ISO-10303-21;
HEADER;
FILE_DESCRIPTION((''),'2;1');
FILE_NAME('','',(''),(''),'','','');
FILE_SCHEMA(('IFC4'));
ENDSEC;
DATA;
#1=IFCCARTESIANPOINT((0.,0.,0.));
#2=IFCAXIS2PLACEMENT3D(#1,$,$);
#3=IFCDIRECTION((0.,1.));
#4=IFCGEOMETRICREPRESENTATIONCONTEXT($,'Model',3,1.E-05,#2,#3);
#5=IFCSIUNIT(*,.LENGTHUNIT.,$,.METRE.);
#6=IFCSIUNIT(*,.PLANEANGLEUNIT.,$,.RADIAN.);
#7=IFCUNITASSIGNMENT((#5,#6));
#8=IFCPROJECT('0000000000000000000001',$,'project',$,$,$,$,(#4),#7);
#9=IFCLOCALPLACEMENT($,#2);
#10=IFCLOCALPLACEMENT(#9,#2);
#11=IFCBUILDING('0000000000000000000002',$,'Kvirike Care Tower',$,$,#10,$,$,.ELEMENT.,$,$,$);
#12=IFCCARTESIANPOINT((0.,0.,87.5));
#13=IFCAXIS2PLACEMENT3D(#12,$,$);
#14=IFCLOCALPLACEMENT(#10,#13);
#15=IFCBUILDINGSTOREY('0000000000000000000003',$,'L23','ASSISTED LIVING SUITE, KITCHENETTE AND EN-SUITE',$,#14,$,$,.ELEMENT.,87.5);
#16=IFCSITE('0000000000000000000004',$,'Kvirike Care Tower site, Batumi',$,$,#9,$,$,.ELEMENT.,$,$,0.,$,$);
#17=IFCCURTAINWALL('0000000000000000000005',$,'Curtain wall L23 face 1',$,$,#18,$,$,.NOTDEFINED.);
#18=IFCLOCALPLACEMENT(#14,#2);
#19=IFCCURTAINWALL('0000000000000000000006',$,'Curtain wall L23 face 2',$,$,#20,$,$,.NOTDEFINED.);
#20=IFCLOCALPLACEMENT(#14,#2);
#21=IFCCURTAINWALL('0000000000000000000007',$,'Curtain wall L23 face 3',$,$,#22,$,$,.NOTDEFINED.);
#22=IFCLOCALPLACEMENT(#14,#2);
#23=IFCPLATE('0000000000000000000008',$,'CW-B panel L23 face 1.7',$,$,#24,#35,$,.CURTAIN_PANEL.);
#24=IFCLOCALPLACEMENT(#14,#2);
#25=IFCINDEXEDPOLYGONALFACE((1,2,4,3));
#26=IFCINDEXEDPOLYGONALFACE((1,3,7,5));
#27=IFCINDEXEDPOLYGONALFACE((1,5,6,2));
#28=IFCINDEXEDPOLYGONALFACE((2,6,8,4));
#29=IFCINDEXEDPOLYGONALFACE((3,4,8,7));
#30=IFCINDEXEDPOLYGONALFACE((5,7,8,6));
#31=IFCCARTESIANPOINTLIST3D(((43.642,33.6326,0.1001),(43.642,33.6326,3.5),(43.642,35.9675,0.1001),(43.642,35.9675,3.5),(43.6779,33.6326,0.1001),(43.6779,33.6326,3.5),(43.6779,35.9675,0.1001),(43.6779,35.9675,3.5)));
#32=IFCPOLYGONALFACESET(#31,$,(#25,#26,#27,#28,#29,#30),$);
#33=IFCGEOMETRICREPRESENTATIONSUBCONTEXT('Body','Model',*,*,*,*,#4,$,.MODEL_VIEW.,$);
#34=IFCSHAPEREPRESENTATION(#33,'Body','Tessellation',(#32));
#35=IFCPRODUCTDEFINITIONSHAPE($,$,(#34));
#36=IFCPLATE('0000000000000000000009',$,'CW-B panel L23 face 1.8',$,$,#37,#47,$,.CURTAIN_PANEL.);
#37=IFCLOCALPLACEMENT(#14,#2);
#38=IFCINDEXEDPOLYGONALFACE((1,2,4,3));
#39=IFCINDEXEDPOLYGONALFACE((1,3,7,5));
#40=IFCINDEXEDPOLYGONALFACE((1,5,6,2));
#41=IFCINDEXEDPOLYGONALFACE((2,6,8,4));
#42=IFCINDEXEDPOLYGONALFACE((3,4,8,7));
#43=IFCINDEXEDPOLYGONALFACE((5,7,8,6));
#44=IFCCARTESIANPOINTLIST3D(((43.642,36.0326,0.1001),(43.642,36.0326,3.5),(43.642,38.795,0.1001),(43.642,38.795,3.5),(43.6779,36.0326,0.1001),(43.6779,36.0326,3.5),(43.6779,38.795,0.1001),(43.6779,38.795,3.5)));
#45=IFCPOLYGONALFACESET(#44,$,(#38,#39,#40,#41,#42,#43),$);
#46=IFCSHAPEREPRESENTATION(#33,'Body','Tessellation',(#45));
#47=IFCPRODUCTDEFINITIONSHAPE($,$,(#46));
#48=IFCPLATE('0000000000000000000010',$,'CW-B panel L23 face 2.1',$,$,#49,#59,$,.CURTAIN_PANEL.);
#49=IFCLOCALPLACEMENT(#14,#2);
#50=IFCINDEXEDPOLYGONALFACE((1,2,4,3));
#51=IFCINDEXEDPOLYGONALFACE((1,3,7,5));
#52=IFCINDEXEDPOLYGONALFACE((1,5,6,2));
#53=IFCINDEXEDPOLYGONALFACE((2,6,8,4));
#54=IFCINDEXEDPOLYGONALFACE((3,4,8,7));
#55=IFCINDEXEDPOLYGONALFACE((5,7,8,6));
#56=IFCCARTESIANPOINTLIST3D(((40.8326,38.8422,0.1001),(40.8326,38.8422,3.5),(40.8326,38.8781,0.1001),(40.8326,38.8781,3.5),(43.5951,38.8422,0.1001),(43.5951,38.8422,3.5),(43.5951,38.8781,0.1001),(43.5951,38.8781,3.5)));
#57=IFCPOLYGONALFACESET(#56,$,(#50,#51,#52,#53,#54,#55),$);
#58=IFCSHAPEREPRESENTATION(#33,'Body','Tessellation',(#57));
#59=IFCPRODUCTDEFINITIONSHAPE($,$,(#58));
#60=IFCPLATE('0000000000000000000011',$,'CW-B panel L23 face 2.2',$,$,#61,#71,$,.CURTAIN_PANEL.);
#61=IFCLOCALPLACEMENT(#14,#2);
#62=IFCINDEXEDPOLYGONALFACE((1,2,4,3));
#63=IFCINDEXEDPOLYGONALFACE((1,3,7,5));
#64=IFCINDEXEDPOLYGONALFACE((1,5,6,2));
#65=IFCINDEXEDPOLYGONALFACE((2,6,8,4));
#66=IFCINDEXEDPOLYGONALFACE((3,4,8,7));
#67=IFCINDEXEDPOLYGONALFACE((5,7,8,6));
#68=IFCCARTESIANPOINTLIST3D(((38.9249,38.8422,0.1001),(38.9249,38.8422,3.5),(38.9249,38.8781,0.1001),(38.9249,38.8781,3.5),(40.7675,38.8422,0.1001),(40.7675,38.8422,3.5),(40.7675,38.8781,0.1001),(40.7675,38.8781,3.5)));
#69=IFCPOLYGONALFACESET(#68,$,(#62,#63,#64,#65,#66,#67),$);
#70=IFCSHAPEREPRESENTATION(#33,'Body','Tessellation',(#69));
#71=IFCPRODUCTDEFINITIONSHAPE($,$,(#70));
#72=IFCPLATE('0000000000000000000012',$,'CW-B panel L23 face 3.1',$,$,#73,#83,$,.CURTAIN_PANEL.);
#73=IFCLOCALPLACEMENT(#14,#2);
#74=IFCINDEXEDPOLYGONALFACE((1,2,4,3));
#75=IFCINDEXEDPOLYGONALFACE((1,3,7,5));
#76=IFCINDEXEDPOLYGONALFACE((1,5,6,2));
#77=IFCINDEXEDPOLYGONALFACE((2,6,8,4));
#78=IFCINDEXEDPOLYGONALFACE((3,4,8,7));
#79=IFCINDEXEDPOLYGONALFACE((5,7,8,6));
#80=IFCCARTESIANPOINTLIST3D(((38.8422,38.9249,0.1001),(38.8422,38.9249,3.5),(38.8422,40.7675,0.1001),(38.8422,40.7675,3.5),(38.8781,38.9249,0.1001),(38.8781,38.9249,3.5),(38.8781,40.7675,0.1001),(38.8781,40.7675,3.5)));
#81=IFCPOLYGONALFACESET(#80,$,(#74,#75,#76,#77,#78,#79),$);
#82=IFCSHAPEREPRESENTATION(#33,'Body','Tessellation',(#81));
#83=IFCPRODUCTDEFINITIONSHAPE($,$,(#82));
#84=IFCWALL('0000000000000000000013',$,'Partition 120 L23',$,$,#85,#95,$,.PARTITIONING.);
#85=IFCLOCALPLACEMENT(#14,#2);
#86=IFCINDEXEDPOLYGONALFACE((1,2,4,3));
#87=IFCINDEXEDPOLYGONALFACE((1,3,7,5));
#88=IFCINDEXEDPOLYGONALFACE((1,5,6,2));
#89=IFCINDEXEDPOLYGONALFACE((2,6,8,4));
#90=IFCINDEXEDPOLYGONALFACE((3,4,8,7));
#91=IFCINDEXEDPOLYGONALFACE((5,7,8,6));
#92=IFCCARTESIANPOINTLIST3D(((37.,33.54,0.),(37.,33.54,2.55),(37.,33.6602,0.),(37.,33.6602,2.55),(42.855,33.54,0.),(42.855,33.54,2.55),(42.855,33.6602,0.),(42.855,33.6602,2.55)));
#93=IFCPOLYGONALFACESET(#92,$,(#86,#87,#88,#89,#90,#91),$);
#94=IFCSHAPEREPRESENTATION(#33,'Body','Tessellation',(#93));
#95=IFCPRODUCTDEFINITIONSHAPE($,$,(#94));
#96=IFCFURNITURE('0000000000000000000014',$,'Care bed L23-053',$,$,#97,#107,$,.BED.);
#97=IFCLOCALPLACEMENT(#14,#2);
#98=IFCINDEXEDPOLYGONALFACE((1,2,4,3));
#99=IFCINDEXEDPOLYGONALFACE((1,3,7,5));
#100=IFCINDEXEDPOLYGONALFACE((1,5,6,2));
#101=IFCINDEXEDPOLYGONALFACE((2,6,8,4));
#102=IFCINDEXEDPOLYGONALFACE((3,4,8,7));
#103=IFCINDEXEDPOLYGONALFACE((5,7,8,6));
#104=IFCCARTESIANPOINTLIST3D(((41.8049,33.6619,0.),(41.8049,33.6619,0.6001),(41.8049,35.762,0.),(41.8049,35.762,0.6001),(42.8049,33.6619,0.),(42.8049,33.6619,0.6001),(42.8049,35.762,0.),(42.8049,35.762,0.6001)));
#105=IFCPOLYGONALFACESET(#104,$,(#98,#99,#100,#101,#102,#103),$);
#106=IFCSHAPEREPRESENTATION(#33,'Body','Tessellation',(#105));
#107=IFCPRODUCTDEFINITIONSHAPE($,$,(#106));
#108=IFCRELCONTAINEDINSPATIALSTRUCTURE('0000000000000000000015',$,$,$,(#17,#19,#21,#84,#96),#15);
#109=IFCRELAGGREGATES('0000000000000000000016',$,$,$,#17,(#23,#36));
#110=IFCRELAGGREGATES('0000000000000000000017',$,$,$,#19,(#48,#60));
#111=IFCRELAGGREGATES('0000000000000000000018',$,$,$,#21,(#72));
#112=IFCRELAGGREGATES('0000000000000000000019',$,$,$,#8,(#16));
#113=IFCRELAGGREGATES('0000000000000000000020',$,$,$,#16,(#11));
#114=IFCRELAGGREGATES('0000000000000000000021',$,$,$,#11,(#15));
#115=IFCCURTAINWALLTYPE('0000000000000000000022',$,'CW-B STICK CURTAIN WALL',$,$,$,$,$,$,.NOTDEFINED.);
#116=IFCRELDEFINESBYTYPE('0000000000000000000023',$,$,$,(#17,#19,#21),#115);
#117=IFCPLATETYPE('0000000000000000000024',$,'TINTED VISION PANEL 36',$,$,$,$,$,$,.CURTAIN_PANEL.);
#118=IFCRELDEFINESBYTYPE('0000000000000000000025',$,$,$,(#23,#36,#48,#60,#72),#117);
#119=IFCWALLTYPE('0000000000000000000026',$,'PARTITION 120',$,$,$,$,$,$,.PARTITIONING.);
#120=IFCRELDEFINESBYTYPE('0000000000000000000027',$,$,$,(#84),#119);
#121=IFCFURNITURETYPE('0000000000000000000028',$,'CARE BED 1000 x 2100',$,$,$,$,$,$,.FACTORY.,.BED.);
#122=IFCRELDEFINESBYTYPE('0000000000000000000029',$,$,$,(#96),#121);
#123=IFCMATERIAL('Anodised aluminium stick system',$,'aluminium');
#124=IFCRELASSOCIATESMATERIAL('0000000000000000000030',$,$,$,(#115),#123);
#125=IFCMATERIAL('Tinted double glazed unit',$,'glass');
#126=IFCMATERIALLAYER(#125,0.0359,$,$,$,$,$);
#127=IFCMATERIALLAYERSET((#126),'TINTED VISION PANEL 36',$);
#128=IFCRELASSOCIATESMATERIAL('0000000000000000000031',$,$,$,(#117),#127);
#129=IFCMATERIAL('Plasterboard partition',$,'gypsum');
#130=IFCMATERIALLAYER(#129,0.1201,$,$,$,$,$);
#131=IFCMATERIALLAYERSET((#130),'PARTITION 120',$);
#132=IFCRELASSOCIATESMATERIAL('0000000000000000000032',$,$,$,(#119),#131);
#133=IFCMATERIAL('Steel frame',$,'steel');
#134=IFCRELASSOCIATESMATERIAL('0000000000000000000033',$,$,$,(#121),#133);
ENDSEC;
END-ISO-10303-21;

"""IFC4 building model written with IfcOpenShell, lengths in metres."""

from ifc_helpers import new_model, si_unit, direction, frame, frame_2d, origin, origin_2d, place, context, subcontext, project, spatial, rectangle, extrude, material, layer, layer_set, type_object, element, aggregate, save


model = new_model("IFC4")

# Units and contexts
model_context = context("Model", 3, precision=1e-05, world=origin(), true_north=direction((0.0, 1.0)))
body_context = subcontext(model_context, "Body", "Model", "MODEL_VIEW")
ifc_project = project(units=[si_unit("LENGTHUNIT", "METRE"), si_unit("PLANEANGLEUNIT", "RADIAN")], contexts=[model_context])

# Site, building, storey
site_placement = place(None, origin())
site = spatial("IfcSite", under=ifc_project, at=site_placement, Name="Kvirike Care Tower site, Batumi", CompositionType="ELEMENT", RefElevation=0.0)
building_placement = place(site_placement, origin())
building = spatial("IfcBuilding", under=site, at=building_placement, Name="Kvirike Care Tower", CompositionType="ELEMENT")
storey_placement = place(building_placement, frame((0.0, 0.0, 87.5)))
storey = spatial("IfcBuildingStorey", under=building, at=storey_placement, Name="L23", Description="ASSISTED LIVING SUITE, KITCHENETTE AND EN-SUITE", CompositionType="ELEMENT", Elevation=87.5)

# Curtain walls
ifc_material_1 = material(Name="Anodised aluminium stick system", Category="aluminium")
curtain_wall_type = type_object("IfcCurtainWallType", Name="CW-B STICK CURTAIN WALL", PredefinedType="NOTDEFINED", material=ifc_material_1)
curtain_wall_1_placement = place(storey_placement, origin())
curtain_wall_1 = element("IfcCurtainWall", 1, at=curtain_wall_1_placement, inside=storey, type_object=curtain_wall_type, Name="Curtain wall L23 face 1", PredefinedType="NOTDEFINED")
curtain_wall_2_placement = place(storey_placement, origin())
curtain_wall_2 = element("IfcCurtainWall", 2, at=curtain_wall_2_placement, inside=storey, type_object=curtain_wall_type, Name="Curtain wall L23 face 2", PredefinedType="NOTDEFINED")

# Curtain wall
curtain_wall_3_placement = place(storey_placement, origin())
curtain_wall_3 = element("IfcCurtainWall", 3, at=curtain_wall_3_placement, inside=storey, type_object=curtain_wall_type, Name="Curtain wall L23 face 3", PredefinedType="NOTDEFINED")

# Plates
ifc_material_2 = material(Name="Tinted double glazed unit", Category="glass")
ifc_layer_1 = layer(ifc_material_2, 0.0359)
ifc_layer_set_1 = layer_set([ifc_layer_1], Name="TINTED VISION PANEL 36")
plate_type = type_object("IfcPlateType", Name="TINTED VISION PANEL 36", PredefinedType="CURTAIN_PANEL", material=ifc_layer_set_1)
plate_1_placement = place(storey_placement, frame((43.6599, 34.8, 0.1001), z_axis=(0.0, 0.0, 1.0), x_axis=(0.0, 1.0, 0.0)))
plate_1 = element("IfcPlate", 4, at=plate_1_placement, type_object=plate_type, Name="CW-B panel L23 face 1.7", PredefinedType="CURTAIN_PANEL", context=body_context, shape_type="SweptSolid", body=[
    extrude(rectangle(XDim=2.335, YDim=0.0359, at=origin_2d()), origin(), (0.0, 0.0, 1.0), 3.3999),
])
plate_2_placement = place(storey_placement, frame((43.6599, 37.4138, 0.1001), z_axis=(0.0, 0.0, 1.0), x_axis=(0.0, 1.0, 0.0)))
plate_2 = element("IfcPlate", 5, at=plate_2_placement, type_object=plate_type, Name="CW-B panel L23 face 1.8", PredefinedType="CURTAIN_PANEL", context=body_context, shape_type="SweptSolid", body=[
    extrude(rectangle(XDim=2.7625, YDim=0.0359, at=origin_2d()), origin(), (0.0, 0.0, 1.0), 3.3999),
])
aggregate(curtain_wall_1, [plate_1, plate_2])
plate_3_placement = place(storey_placement, frame((42.2139, 38.8601, 0.1001), z_axis=(0.0, 0.0, 1.0), x_axis=(-1.0, 0.0, 0.0)))
plate_3 = element("IfcPlate", 6, at=plate_3_placement, type_object=plate_type, Name="CW-B panel L23 face 2.1", PredefinedType="CURTAIN_PANEL", context=body_context, shape_type="SweptSolid", body=[
    extrude(rectangle(XDim=2.7625, YDim=0.0359, at=origin_2d()), origin(), (0.0, 0.0, 1.0), 3.3999),
])
plate_4_placement = place(storey_placement, frame((39.8462, 38.8601, 0.1001), z_axis=(0.0, 0.0, 1.0), x_axis=(-1.0, 0.0, 0.0)))
plate_4 = element("IfcPlate", 7, at=plate_4_placement, type_object=plate_type, Name="CW-B panel L23 face 2.2", PredefinedType="CURTAIN_PANEL", context=body_context, shape_type="SweptSolid", body=[
    extrude(rectangle(XDim=1.8425, YDim=0.0359, at=origin_2d()), origin(), (0.0, 0.0, 1.0), 3.3999),
])
aggregate(curtain_wall_2, [plate_3, plate_4])
plate_5_placement = place(storey_placement, frame((38.8601, 39.8462, 0.1001), z_axis=(0.0, 0.0, 1.0), x_axis=(0.0, 1.0, 0.0)))
plate_5 = element("IfcPlate", 8, at=plate_5_placement, type_object=plate_type, Name="CW-B panel L23 face 3.1", PredefinedType="CURTAIN_PANEL", context=body_context, shape_type="SweptSolid", body=[
    extrude(rectangle(XDim=1.8425, YDim=0.0359, at=origin_2d()), origin(), (0.0, 0.0, 1.0), 3.3999),
])
aggregate(curtain_wall_3, [plate_5])

# Wall
ifc_material_3 = material(Name="Plasterboard partition", Category="gypsum")
ifc_layer_2 = layer(ifc_material_3, 0.1201)
ifc_layer_set_2 = layer_set([ifc_layer_2], Name="PARTITION 120")
wall_type = type_object("IfcWallType", Name="PARTITION 120", PredefinedType="PARTITIONING", material=ifc_layer_set_2)
wall_placement = place(storey_placement, frame((42.855, 33.6001, 0.0), z_axis=(0.0, 0.0, 1.0), x_axis=(-1.0, 0.0, 0.0)))
element("IfcWall", 9, at=wall_placement, inside=storey, type_object=wall_type, Name="Partition 120 L23", PredefinedType="PARTITIONING", context=body_context, shape_type="SweptSolid", body=[
    extrude(rectangle(XDim=5.855, YDim=0.1201, at=frame_2d((2.9275, 0.0))), origin(), (0.0, 0.0, 1.0), 2.55),
])

# Furniture
ifc_material_4 = material(Name="Steel frame", Category="steel")
furniture_type = type_object("IfcFurnitureType", Name="CARE BED 1000 x 2100", AssemblyPlace="FACTORY", PredefinedType="BED", material=ifc_material_4)
furniture_placement = place(storey_placement, frame((42.3049, 34.7119, 0.0), z_axis=(0.0, 0.0, 1.0), x_axis=(-1.0, 0.0, 0.0)))
element("IfcFurniture", 10, at=furniture_placement, inside=storey, type_object=furniture_type, Name="Care bed L23-053", PredefinedType="BED", context=body_context, shape_type="SweptSolid", body=[
    extrude(rectangle(XDim=1.0, YDim=2.1001, at=origin_2d()), origin(), (0.0, 0.0, 1.0), 0.6001),
])

save(model, "model.ifc")
